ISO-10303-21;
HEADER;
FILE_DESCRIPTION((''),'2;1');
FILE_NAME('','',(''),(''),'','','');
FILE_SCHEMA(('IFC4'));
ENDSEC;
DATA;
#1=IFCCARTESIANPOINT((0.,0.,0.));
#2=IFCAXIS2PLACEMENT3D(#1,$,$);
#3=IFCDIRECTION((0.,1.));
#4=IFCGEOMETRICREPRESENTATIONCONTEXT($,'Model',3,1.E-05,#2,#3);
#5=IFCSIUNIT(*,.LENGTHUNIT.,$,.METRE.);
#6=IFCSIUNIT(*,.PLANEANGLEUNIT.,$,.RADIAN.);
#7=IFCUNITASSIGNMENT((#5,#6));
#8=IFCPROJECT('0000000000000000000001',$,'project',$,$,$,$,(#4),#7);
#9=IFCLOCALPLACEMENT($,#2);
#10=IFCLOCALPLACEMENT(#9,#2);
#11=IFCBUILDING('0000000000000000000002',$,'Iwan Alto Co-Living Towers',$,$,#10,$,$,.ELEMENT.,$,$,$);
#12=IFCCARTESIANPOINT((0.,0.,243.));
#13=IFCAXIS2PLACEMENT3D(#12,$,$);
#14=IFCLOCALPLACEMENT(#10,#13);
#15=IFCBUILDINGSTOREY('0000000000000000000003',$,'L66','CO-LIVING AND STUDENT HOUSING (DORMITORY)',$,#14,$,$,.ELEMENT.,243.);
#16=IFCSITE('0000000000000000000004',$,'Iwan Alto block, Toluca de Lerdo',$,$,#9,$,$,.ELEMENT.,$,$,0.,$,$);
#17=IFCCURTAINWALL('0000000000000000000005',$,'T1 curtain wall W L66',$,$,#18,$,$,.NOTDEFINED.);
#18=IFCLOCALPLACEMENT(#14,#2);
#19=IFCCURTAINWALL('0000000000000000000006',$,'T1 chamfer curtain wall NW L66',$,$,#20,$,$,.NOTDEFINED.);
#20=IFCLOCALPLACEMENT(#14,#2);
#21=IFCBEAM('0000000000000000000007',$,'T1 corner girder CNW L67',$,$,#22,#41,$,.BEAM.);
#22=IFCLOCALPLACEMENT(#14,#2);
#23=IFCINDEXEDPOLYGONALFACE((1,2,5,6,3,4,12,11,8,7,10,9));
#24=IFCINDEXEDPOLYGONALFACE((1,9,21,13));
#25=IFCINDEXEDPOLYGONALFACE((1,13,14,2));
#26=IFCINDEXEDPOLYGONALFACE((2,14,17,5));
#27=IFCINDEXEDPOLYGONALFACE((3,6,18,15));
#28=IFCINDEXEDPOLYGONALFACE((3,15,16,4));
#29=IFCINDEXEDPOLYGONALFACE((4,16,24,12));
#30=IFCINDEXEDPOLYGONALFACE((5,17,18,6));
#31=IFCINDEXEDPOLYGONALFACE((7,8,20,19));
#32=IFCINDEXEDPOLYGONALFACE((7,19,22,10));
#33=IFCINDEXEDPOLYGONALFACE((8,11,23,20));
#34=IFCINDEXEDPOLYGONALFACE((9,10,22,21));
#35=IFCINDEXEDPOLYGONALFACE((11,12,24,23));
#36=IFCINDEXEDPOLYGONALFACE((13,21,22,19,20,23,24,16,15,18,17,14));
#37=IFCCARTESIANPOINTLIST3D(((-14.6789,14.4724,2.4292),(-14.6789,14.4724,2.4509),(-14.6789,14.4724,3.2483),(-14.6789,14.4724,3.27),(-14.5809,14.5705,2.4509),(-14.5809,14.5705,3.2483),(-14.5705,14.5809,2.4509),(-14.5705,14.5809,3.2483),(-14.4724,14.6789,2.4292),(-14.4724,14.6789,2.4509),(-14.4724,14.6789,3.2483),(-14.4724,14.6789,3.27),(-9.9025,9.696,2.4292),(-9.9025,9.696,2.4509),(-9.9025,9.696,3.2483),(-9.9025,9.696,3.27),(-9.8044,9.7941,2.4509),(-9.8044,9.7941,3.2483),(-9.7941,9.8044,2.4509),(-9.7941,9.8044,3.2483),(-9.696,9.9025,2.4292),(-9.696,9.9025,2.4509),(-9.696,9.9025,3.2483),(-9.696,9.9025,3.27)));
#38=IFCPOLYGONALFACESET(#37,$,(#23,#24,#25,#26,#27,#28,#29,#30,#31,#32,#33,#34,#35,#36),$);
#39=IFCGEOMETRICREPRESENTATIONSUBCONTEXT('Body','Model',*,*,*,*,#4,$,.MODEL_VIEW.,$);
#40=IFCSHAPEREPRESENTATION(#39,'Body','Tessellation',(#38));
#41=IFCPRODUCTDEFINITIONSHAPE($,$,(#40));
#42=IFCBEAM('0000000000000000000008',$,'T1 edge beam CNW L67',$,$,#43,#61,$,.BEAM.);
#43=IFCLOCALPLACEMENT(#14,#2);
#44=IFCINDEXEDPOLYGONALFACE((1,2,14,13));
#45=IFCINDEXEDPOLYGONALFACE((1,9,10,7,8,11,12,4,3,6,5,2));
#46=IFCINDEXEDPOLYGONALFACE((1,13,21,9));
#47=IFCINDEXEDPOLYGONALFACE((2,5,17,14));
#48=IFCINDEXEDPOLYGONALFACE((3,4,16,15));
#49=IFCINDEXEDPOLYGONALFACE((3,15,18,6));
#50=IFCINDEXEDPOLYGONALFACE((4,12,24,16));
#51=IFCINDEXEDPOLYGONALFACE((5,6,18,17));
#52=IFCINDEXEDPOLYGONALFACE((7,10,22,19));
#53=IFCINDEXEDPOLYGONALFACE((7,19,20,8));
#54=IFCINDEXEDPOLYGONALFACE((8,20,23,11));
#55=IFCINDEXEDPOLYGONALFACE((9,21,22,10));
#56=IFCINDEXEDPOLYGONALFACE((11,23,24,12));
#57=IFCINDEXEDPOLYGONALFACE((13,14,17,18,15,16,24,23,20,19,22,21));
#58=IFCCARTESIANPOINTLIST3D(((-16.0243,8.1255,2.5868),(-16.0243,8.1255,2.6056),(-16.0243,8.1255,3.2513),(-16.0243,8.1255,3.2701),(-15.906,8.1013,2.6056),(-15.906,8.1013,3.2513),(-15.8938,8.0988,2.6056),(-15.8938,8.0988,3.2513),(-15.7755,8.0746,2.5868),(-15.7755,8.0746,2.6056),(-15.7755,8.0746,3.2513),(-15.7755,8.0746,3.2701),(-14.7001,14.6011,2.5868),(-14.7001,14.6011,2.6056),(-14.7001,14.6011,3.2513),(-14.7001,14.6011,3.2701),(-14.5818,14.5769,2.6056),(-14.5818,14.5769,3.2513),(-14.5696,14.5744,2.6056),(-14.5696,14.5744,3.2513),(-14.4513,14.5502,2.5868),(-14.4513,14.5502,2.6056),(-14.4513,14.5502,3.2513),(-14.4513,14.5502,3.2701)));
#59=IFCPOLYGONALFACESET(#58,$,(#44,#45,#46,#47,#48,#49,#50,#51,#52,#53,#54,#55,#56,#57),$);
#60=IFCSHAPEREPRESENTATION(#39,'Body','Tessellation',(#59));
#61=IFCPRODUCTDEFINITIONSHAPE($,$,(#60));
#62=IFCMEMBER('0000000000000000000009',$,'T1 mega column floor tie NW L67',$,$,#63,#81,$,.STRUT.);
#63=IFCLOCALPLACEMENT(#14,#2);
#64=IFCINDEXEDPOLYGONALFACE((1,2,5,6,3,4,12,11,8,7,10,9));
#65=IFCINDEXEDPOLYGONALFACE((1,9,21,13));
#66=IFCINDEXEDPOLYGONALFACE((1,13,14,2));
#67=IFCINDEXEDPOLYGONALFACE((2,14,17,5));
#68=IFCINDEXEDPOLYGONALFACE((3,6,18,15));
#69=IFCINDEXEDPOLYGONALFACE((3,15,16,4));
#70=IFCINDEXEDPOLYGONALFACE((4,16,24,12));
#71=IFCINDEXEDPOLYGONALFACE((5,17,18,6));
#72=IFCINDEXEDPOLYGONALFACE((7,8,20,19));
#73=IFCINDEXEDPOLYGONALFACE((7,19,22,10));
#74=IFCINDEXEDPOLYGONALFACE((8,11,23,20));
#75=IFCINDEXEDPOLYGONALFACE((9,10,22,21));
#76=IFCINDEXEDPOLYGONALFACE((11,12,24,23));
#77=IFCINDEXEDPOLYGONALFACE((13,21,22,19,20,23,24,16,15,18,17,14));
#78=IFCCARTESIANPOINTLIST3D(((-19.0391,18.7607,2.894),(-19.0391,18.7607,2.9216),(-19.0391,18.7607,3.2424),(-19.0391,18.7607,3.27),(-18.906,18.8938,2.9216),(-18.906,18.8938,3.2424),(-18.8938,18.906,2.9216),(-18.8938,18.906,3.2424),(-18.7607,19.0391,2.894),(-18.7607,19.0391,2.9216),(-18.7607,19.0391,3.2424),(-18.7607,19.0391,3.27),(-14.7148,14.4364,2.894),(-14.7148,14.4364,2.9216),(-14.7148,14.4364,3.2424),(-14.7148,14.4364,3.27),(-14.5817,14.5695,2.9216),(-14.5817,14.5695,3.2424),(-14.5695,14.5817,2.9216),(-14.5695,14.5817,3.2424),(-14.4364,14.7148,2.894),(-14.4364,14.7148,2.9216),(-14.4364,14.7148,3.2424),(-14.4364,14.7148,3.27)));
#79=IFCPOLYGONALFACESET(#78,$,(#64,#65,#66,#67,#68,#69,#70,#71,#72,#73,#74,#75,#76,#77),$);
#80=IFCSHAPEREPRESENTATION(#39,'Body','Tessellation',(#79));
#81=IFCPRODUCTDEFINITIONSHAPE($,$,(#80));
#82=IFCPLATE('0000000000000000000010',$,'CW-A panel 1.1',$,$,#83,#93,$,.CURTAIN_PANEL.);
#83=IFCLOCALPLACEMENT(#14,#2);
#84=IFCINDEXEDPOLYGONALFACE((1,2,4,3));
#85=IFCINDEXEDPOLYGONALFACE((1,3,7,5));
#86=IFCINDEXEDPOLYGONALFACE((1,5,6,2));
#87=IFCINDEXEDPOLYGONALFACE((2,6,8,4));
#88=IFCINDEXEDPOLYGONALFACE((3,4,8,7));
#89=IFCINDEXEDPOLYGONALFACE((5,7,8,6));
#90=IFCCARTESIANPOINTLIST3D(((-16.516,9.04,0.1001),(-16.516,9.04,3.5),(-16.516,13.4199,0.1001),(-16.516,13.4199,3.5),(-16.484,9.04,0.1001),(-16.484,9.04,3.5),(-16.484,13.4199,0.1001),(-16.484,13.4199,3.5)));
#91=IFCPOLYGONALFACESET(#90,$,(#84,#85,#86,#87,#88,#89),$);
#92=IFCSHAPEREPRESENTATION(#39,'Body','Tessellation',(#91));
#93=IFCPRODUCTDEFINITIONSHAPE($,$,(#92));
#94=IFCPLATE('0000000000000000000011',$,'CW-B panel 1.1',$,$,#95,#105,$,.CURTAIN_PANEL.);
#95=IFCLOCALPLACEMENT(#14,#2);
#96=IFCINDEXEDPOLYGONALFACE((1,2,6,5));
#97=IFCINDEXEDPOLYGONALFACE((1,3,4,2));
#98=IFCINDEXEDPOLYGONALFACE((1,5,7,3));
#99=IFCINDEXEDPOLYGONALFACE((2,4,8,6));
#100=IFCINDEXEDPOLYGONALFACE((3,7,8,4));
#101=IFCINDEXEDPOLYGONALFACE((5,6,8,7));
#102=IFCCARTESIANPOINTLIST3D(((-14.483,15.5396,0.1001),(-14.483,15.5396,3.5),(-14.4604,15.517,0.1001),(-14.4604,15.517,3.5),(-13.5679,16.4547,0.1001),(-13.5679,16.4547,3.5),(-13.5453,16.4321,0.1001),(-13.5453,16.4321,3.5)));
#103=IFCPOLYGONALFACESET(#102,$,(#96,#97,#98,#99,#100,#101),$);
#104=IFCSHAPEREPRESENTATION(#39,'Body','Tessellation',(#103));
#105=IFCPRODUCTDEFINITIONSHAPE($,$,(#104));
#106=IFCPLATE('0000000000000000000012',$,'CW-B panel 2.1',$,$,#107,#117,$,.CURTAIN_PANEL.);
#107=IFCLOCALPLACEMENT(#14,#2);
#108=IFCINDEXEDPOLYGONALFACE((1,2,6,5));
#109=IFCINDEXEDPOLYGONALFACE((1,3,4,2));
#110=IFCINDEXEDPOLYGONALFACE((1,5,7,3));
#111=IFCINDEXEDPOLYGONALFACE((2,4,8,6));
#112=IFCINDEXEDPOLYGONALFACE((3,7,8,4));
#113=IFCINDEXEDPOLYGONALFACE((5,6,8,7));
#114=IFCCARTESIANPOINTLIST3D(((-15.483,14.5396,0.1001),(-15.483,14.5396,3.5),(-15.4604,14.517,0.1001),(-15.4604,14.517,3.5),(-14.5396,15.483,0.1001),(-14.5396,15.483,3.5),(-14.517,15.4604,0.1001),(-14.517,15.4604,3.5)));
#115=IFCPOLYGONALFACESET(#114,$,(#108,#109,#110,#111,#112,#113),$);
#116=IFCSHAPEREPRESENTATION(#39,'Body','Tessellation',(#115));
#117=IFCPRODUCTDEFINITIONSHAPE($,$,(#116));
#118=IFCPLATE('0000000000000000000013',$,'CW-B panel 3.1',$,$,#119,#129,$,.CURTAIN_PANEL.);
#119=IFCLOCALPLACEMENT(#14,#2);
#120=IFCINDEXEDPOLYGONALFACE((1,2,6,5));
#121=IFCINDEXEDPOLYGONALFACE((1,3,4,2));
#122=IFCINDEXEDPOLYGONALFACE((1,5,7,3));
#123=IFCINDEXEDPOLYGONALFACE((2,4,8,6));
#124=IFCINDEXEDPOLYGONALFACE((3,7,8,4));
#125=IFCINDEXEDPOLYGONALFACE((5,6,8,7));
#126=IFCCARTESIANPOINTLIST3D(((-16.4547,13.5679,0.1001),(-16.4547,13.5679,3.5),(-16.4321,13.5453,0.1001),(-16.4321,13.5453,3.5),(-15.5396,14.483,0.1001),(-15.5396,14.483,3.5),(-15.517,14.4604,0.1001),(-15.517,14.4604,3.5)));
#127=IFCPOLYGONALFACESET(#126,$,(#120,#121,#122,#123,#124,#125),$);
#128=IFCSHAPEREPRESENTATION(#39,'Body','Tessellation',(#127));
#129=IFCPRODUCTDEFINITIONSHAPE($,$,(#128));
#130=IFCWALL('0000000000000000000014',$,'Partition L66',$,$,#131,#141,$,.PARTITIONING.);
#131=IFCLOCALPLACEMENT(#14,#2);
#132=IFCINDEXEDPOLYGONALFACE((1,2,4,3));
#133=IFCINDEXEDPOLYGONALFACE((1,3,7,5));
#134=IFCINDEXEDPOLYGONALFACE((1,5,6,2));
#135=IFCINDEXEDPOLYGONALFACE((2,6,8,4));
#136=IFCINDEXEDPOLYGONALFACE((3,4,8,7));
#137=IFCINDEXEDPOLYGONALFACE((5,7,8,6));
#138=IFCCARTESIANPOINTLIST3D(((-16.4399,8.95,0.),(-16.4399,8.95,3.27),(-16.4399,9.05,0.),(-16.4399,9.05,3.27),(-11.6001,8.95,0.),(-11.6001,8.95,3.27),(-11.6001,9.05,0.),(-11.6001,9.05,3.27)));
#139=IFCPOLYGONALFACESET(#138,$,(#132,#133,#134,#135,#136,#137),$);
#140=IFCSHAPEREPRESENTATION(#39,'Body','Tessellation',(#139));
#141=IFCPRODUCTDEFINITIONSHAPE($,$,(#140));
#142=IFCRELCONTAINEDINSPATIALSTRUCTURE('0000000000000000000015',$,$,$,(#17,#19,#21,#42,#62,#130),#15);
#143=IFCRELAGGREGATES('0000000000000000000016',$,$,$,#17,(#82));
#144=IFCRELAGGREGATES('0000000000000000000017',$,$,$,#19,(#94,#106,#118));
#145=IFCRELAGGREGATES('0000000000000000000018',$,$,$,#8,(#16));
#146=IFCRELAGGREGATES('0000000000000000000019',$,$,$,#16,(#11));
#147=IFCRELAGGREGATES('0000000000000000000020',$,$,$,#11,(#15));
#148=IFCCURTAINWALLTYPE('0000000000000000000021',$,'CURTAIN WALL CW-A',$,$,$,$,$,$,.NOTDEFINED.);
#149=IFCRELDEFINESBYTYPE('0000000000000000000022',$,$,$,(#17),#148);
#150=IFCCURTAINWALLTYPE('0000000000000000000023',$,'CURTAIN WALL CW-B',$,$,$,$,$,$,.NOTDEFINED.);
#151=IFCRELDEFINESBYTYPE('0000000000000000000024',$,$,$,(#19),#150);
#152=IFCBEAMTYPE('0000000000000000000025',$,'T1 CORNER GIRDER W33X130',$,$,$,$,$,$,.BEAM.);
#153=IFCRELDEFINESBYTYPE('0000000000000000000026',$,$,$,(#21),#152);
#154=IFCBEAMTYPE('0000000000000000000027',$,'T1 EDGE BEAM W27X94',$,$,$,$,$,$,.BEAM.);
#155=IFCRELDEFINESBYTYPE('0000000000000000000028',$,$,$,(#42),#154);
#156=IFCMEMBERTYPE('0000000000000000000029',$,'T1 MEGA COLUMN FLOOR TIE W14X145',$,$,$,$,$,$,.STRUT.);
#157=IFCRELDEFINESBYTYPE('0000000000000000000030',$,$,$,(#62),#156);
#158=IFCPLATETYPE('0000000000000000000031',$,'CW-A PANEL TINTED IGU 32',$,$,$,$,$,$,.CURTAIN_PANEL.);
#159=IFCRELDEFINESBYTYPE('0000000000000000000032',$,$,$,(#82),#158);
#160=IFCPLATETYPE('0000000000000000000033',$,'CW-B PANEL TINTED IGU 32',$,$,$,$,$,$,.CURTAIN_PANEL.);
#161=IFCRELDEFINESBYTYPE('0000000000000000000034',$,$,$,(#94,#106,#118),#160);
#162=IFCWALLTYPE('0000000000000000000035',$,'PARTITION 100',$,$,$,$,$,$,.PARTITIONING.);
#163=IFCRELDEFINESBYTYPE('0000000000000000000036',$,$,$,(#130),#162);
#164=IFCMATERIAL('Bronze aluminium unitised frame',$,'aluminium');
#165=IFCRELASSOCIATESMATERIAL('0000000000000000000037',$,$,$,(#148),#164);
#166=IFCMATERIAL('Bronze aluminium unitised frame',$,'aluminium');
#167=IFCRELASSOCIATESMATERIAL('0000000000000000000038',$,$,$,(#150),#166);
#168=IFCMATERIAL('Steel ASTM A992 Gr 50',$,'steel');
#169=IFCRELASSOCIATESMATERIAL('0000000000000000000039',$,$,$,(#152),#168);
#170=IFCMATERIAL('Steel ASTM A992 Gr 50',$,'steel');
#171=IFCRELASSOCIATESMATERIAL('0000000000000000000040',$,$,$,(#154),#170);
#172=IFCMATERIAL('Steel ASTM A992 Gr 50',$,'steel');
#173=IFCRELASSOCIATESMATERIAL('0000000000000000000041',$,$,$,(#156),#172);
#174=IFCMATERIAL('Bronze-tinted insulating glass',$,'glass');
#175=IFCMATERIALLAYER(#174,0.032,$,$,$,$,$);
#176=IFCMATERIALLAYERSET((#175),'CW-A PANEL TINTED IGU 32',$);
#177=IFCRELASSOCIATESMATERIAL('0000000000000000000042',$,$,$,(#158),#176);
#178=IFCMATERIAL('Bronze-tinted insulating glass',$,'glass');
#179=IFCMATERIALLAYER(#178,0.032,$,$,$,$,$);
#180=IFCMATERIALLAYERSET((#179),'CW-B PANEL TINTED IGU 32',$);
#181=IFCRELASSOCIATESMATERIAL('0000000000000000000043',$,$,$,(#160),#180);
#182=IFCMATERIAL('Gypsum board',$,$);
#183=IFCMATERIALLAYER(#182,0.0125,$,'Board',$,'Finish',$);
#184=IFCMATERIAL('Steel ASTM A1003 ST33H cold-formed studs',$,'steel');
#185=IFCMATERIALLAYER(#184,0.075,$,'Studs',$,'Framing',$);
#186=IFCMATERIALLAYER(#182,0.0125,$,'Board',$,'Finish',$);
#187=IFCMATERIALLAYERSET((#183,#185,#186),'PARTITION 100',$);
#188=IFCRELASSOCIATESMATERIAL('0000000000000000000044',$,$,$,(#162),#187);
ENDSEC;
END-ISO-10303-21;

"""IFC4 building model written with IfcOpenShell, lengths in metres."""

from ifc_helpers import new_model, si_unit, direction, frame, frame_2d, origin, origin_2d, place, context, subcontext, project, spatial, rectangle, i_section, extrude, material, layer, layer_set, material_profile, profile_set, type_object, element, aggregate, save


model = new_model("IFC4")

# Units and contexts
model_context = context("Model", 3, precision=1e-05, world=origin(), true_north=direction((0.0, 1.0)))
body_context = subcontext(model_context, "Body", "Model", "MODEL_VIEW")
ifc_project = project(units=[si_unit("LENGTHUNIT", "METRE"), si_unit("PLANEANGLEUNIT", "RADIAN")], contexts=[model_context])

# Site, building, storey
site_placement = place(None, origin())
site = spatial("IfcSite", under=ifc_project, at=site_placement, Name="Iwan Alto block, Toluca de Lerdo", CompositionType="ELEMENT", RefElevation=0.0)
building_placement = place(site_placement, origin())
building = spatial("IfcBuilding", under=site, at=building_placement, Name="Iwan Alto Co-Living Towers", CompositionType="ELEMENT")
storey_placement = place(building_placement, frame((0.0, 0.0, 243.0)))
storey = spatial("IfcBuildingStorey", under=building, at=storey_placement, Name="L66", Description="CO-LIVING AND STUDENT HOUSING (DORMITORY)", CompositionType="ELEMENT", Elevation=243.0)

# Curtain walls
ifc_material_1 = material(Name="Bronze aluminium unitised frame", Category="aluminium")
curtain_wall_type_1 = type_object("IfcCurtainWallType", Name="CURTAIN WALL CW-A", PredefinedType="NOTDEFINED", material=ifc_material_1)
curtain_wall_1_placement = place(storey_placement, origin())
curtain_wall_1 = element("IfcCurtainWall", 1, at=curtain_wall_1_placement, inside=storey, type_object=curtain_wall_type_1, Name="T1 curtain wall W L66", PredefinedType="NOTDEFINED")
ifc_material_2 = material(Name="Bronze aluminium unitised frame", Category="aluminium")
curtain_wall_type_2 = type_object("IfcCurtainWallType", Name="CURTAIN WALL CW-B", PredefinedType="NOTDEFINED", material=ifc_material_2)
curtain_wall_2_placement = place(storey_placement, origin())
curtain_wall_2 = element("IfcCurtainWall", 2, at=curtain_wall_2_placement, inside=storey, type_object=curtain_wall_type_2, Name="T1 chamfer curtain wall NW L66", PredefinedType="NOTDEFINED")

# Beams
ifc_material_3 = material(Name="Steel ASTM A992 Gr 50", Category="steel")
ifc_material_profile_1 = material_profile(ifc_material_3, i_section(OverallWidth=0.292, OverallDepth=0.8408, WebThickness=0.0146, FlangeThickness=0.0217, at=origin_2d()), Name="W33X130")
ifc_profile_set_1 = profile_set([ifc_material_profile_1], Name="Steel ASTM A992 Gr 50")
beam_type_1 = type_object("IfcBeamType", Name="T1 CORNER GIRDER W33X130", PredefinedType="BEAM", material=ifc_profile_set_1)
beam_1_placement = place(storey_placement, frame((-14.5757, 14.5757, 2.8496), z_axis=(0.707107, -0.707107, 0.0), x_axis=(0.707107, 0.707107, 0.0)))
element("IfcBeam", 3, at=beam_1_placement, inside=storey, type_object=beam_type_1, Name="T1 corner girder CNW L67", PredefinedType="BEAM", context=body_context, shape_type="SweptSolid", body=[
    extrude(i_section(OverallWidth=0.292, OverallDepth=0.8408, WebThickness=0.0146, FlangeThickness=0.0217, at=origin_2d()), origin(), (0.0, 0.0, 1.0), 6.7549),
])
ifc_material_4 = material(Name="Steel ASTM A992 Gr 50", Category="steel")
ifc_material_profile_2 = material_profile(ifc_material_4, i_section(OverallWidth=0.2539, OverallDepth=0.6833, WebThickness=0.0125, FlangeThickness=0.0188, at=origin_2d()), Name="W27X94")
ifc_profile_set_2 = profile_set([ifc_material_profile_2], Name="Steel ASTM A992 Gr 50")
beam_type_2 = type_object("IfcBeamType", Name="T1 EDGE BEAM W27X94", PredefinedType="BEAM", material=ifc_profile_set_2)
beam_2_placement = place(storey_placement, frame((-14.5757, 14.5757, 2.9285), z_axis=(-0.200348, -0.979725, 0.0), x_axis=(0.979725, -0.200348, 0.0)))
element("IfcBeam", 4, at=beam_2_placement, inside=storey, type_object=beam_type_2, Name="T1 edge beam CNW L67", PredefinedType="BEAM", context=body_context, shape_type="SweptSolid", body=[
    extrude(i_section(OverallWidth=0.2539, OverallDepth=0.6833, WebThickness=0.0125, FlangeThickness=0.0188, at=origin_2d()), origin(), (0.0, 0.0, 1.0), 6.6096),
])

# Member
ifc_material_5 = material(Name="Steel ASTM A992 Gr 50", Category="steel")
ifc_material_profile_3 = material_profile(ifc_material_5, i_section(OverallWidth=0.3938, OverallDepth=0.376, WebThickness=0.0173, FlangeThickness=0.0276, at=origin_2d()), Name="W14X145")
ifc_profile_set_3 = profile_set([ifc_material_profile_3], Name="Steel ASTM A992 Gr 50")
member_type_1 = type_object("IfcMemberType", Name="T1 MEGA COLUMN FLOOR TIE W14X145", PredefinedType="STRUT", material=ifc_profile_set_3)
member_1_placement = place(storey_placement, frame((-18.8999, 18.8999, 3.082), z_axis=(0.707107, -0.707107, 0.0), x_axis=(0.707107, 0.707107, 0.0)))
element("IfcMember", 5, at=member_1_placement, inside=storey, type_object=member_type_1, Name="T1 mega column floor tie NW L67", PredefinedType="STRUT", context=body_context, shape_type="SweptSolid", body=[
    extrude(i_section(OverallWidth=0.3938, OverallDepth=0.376, WebThickness=0.0173, FlangeThickness=0.0276, at=origin_2d()), origin(), (0.0, 0.0, 1.0), 6.1155),
])

# Plates
ifc_material_6 = material(Name="Bronze-tinted insulating glass", Category="glass")
ifc_layer_1 = layer(ifc_material_6, 0.032)
ifc_layer_set_1 = layer_set([ifc_layer_1], Name="CW-A PANEL TINTED IGU 32")
plate_type_1 = type_object("IfcPlateType", Name="CW-A PANEL TINTED IGU 32", PredefinedType="CURTAIN_PANEL", material=ifc_layer_set_1)
plate_1_placement = place(storey_placement, frame((-16.5, 11.23, 0.1001), z_axis=(0.0, 0.0, 1.0), x_axis=(0.0, -1.0, 0.0)))
plate_1 = element("IfcPlate", 6, at=plate_1_placement, type_object=plate_type_1, Name="CW-A panel 1.1", PredefinedType="CURTAIN_PANEL", context=body_context, shape_type="SweptSolid", body=[
    extrude(rectangle(XDim=4.3799, YDim=0.032, at=origin_2d()), origin(), (0.0, 0.0, 1.0), 3.3999),
])
aggregate(curtain_wall_1, [plate_1])
ifc_material_7 = material(Name="Bronze-tinted insulating glass", Category="glass")
ifc_layer_2 = layer(ifc_material_7, 0.032)
ifc_layer_set_2 = layer_set([ifc_layer_2], Name="CW-B PANEL TINTED IGU 32")
plate_type_2 = type_object("IfcPlateType", Name="CW-B PANEL TINTED IGU 32", PredefinedType="CURTAIN_PANEL", material=ifc_layer_set_2)
plate_2_placement = place(storey_placement, frame((-14.0142, 15.9858, 0.1001), z_axis=(0.0, 0.0, 1.0), x_axis=(-0.707107, -0.707107, 0.0)))
plate_2 = element("IfcPlate", 7, at=plate_2_placement, type_object=plate_type_2, Name="CW-B panel 1.1", PredefinedType="CURTAIN_PANEL", context=body_context, shape_type="SweptSolid", body=[
    extrude(rectangle(XDim=1.2942, YDim=0.032, at=origin_2d()), origin(), (0.0, 0.0, 1.0), 3.3999),
])
plate_3_placement = place(storey_placement, frame((-15.0, 15.0, 0.1001), z_axis=(0.0, 0.0, 1.0), x_axis=(-0.707107, -0.707107, 0.0)))
plate_3 = element("IfcPlate", 8, at=plate_3_placement, type_object=plate_type_2, Name="CW-B panel 2.1", PredefinedType="CURTAIN_PANEL", context=body_context, shape_type="SweptSolid", body=[
    extrude(rectangle(XDim=1.3342, YDim=0.032, at=origin_2d()), origin(), (0.0, 0.0, 1.0), 3.3999),
])
plate_4_placement = place(storey_placement, frame((-15.9858, 14.0142, 0.1001), z_axis=(0.0, 0.0, 1.0), x_axis=(-0.707107, -0.707107, 0.0)))
plate_4 = element("IfcPlate", 9, at=plate_4_placement, type_object=plate_type_2, Name="CW-B panel 3.1", PredefinedType="CURTAIN_PANEL", context=body_context, shape_type="SweptSolid", body=[
    extrude(rectangle(XDim=1.2942, YDim=0.032, at=origin_2d()), origin(), (0.0, 0.0, 1.0), 3.3999),
])
aggregate(curtain_wall_2, [plate_2, plate_3, plate_4])

# Wall
ifc_material_8 = material(Name="Gypsum board")
ifc_layer_3 = layer(ifc_material_8, 0.0125, Name="Board", Category="Finish")
ifc_material_9 = material(Name="Steel ASTM A1003 ST33H cold-formed studs", Category="steel")
ifc_layer_4 = layer(ifc_material_9, 0.075, Name="Studs", Category="Framing")
ifc_layer_5 = layer(ifc_material_8, 0.0125, Name="Board", Category="Finish")
ifc_layer_set_3 = layer_set([ifc_layer_3, ifc_layer_4, ifc_layer_5], Name="PARTITION 100")
wall_type = type_object("IfcWallType", Name="PARTITION 100", PredefinedType="PARTITIONING", material=ifc_layer_set_3)
wall_placement = place(storey_placement, frame((-16.4399, 9.0, 0.0), z_axis=(0.0, 0.0, 1.0), x_axis=(1.0, 0.0, 0.0)))
element("IfcWall", 10, at=wall_placement, inside=storey, type_object=wall_type, Name="Partition L66", PredefinedType="PARTITIONING", context=body_context, shape_type="SweptSolid", body=[
    extrude(rectangle(XDim=4.8398, YDim=0.1001, at=frame_2d((2.4199, 0.0))), origin(), (0.0, 0.0, 1.0), 3.27),
])

save(model, "model.ifc")
